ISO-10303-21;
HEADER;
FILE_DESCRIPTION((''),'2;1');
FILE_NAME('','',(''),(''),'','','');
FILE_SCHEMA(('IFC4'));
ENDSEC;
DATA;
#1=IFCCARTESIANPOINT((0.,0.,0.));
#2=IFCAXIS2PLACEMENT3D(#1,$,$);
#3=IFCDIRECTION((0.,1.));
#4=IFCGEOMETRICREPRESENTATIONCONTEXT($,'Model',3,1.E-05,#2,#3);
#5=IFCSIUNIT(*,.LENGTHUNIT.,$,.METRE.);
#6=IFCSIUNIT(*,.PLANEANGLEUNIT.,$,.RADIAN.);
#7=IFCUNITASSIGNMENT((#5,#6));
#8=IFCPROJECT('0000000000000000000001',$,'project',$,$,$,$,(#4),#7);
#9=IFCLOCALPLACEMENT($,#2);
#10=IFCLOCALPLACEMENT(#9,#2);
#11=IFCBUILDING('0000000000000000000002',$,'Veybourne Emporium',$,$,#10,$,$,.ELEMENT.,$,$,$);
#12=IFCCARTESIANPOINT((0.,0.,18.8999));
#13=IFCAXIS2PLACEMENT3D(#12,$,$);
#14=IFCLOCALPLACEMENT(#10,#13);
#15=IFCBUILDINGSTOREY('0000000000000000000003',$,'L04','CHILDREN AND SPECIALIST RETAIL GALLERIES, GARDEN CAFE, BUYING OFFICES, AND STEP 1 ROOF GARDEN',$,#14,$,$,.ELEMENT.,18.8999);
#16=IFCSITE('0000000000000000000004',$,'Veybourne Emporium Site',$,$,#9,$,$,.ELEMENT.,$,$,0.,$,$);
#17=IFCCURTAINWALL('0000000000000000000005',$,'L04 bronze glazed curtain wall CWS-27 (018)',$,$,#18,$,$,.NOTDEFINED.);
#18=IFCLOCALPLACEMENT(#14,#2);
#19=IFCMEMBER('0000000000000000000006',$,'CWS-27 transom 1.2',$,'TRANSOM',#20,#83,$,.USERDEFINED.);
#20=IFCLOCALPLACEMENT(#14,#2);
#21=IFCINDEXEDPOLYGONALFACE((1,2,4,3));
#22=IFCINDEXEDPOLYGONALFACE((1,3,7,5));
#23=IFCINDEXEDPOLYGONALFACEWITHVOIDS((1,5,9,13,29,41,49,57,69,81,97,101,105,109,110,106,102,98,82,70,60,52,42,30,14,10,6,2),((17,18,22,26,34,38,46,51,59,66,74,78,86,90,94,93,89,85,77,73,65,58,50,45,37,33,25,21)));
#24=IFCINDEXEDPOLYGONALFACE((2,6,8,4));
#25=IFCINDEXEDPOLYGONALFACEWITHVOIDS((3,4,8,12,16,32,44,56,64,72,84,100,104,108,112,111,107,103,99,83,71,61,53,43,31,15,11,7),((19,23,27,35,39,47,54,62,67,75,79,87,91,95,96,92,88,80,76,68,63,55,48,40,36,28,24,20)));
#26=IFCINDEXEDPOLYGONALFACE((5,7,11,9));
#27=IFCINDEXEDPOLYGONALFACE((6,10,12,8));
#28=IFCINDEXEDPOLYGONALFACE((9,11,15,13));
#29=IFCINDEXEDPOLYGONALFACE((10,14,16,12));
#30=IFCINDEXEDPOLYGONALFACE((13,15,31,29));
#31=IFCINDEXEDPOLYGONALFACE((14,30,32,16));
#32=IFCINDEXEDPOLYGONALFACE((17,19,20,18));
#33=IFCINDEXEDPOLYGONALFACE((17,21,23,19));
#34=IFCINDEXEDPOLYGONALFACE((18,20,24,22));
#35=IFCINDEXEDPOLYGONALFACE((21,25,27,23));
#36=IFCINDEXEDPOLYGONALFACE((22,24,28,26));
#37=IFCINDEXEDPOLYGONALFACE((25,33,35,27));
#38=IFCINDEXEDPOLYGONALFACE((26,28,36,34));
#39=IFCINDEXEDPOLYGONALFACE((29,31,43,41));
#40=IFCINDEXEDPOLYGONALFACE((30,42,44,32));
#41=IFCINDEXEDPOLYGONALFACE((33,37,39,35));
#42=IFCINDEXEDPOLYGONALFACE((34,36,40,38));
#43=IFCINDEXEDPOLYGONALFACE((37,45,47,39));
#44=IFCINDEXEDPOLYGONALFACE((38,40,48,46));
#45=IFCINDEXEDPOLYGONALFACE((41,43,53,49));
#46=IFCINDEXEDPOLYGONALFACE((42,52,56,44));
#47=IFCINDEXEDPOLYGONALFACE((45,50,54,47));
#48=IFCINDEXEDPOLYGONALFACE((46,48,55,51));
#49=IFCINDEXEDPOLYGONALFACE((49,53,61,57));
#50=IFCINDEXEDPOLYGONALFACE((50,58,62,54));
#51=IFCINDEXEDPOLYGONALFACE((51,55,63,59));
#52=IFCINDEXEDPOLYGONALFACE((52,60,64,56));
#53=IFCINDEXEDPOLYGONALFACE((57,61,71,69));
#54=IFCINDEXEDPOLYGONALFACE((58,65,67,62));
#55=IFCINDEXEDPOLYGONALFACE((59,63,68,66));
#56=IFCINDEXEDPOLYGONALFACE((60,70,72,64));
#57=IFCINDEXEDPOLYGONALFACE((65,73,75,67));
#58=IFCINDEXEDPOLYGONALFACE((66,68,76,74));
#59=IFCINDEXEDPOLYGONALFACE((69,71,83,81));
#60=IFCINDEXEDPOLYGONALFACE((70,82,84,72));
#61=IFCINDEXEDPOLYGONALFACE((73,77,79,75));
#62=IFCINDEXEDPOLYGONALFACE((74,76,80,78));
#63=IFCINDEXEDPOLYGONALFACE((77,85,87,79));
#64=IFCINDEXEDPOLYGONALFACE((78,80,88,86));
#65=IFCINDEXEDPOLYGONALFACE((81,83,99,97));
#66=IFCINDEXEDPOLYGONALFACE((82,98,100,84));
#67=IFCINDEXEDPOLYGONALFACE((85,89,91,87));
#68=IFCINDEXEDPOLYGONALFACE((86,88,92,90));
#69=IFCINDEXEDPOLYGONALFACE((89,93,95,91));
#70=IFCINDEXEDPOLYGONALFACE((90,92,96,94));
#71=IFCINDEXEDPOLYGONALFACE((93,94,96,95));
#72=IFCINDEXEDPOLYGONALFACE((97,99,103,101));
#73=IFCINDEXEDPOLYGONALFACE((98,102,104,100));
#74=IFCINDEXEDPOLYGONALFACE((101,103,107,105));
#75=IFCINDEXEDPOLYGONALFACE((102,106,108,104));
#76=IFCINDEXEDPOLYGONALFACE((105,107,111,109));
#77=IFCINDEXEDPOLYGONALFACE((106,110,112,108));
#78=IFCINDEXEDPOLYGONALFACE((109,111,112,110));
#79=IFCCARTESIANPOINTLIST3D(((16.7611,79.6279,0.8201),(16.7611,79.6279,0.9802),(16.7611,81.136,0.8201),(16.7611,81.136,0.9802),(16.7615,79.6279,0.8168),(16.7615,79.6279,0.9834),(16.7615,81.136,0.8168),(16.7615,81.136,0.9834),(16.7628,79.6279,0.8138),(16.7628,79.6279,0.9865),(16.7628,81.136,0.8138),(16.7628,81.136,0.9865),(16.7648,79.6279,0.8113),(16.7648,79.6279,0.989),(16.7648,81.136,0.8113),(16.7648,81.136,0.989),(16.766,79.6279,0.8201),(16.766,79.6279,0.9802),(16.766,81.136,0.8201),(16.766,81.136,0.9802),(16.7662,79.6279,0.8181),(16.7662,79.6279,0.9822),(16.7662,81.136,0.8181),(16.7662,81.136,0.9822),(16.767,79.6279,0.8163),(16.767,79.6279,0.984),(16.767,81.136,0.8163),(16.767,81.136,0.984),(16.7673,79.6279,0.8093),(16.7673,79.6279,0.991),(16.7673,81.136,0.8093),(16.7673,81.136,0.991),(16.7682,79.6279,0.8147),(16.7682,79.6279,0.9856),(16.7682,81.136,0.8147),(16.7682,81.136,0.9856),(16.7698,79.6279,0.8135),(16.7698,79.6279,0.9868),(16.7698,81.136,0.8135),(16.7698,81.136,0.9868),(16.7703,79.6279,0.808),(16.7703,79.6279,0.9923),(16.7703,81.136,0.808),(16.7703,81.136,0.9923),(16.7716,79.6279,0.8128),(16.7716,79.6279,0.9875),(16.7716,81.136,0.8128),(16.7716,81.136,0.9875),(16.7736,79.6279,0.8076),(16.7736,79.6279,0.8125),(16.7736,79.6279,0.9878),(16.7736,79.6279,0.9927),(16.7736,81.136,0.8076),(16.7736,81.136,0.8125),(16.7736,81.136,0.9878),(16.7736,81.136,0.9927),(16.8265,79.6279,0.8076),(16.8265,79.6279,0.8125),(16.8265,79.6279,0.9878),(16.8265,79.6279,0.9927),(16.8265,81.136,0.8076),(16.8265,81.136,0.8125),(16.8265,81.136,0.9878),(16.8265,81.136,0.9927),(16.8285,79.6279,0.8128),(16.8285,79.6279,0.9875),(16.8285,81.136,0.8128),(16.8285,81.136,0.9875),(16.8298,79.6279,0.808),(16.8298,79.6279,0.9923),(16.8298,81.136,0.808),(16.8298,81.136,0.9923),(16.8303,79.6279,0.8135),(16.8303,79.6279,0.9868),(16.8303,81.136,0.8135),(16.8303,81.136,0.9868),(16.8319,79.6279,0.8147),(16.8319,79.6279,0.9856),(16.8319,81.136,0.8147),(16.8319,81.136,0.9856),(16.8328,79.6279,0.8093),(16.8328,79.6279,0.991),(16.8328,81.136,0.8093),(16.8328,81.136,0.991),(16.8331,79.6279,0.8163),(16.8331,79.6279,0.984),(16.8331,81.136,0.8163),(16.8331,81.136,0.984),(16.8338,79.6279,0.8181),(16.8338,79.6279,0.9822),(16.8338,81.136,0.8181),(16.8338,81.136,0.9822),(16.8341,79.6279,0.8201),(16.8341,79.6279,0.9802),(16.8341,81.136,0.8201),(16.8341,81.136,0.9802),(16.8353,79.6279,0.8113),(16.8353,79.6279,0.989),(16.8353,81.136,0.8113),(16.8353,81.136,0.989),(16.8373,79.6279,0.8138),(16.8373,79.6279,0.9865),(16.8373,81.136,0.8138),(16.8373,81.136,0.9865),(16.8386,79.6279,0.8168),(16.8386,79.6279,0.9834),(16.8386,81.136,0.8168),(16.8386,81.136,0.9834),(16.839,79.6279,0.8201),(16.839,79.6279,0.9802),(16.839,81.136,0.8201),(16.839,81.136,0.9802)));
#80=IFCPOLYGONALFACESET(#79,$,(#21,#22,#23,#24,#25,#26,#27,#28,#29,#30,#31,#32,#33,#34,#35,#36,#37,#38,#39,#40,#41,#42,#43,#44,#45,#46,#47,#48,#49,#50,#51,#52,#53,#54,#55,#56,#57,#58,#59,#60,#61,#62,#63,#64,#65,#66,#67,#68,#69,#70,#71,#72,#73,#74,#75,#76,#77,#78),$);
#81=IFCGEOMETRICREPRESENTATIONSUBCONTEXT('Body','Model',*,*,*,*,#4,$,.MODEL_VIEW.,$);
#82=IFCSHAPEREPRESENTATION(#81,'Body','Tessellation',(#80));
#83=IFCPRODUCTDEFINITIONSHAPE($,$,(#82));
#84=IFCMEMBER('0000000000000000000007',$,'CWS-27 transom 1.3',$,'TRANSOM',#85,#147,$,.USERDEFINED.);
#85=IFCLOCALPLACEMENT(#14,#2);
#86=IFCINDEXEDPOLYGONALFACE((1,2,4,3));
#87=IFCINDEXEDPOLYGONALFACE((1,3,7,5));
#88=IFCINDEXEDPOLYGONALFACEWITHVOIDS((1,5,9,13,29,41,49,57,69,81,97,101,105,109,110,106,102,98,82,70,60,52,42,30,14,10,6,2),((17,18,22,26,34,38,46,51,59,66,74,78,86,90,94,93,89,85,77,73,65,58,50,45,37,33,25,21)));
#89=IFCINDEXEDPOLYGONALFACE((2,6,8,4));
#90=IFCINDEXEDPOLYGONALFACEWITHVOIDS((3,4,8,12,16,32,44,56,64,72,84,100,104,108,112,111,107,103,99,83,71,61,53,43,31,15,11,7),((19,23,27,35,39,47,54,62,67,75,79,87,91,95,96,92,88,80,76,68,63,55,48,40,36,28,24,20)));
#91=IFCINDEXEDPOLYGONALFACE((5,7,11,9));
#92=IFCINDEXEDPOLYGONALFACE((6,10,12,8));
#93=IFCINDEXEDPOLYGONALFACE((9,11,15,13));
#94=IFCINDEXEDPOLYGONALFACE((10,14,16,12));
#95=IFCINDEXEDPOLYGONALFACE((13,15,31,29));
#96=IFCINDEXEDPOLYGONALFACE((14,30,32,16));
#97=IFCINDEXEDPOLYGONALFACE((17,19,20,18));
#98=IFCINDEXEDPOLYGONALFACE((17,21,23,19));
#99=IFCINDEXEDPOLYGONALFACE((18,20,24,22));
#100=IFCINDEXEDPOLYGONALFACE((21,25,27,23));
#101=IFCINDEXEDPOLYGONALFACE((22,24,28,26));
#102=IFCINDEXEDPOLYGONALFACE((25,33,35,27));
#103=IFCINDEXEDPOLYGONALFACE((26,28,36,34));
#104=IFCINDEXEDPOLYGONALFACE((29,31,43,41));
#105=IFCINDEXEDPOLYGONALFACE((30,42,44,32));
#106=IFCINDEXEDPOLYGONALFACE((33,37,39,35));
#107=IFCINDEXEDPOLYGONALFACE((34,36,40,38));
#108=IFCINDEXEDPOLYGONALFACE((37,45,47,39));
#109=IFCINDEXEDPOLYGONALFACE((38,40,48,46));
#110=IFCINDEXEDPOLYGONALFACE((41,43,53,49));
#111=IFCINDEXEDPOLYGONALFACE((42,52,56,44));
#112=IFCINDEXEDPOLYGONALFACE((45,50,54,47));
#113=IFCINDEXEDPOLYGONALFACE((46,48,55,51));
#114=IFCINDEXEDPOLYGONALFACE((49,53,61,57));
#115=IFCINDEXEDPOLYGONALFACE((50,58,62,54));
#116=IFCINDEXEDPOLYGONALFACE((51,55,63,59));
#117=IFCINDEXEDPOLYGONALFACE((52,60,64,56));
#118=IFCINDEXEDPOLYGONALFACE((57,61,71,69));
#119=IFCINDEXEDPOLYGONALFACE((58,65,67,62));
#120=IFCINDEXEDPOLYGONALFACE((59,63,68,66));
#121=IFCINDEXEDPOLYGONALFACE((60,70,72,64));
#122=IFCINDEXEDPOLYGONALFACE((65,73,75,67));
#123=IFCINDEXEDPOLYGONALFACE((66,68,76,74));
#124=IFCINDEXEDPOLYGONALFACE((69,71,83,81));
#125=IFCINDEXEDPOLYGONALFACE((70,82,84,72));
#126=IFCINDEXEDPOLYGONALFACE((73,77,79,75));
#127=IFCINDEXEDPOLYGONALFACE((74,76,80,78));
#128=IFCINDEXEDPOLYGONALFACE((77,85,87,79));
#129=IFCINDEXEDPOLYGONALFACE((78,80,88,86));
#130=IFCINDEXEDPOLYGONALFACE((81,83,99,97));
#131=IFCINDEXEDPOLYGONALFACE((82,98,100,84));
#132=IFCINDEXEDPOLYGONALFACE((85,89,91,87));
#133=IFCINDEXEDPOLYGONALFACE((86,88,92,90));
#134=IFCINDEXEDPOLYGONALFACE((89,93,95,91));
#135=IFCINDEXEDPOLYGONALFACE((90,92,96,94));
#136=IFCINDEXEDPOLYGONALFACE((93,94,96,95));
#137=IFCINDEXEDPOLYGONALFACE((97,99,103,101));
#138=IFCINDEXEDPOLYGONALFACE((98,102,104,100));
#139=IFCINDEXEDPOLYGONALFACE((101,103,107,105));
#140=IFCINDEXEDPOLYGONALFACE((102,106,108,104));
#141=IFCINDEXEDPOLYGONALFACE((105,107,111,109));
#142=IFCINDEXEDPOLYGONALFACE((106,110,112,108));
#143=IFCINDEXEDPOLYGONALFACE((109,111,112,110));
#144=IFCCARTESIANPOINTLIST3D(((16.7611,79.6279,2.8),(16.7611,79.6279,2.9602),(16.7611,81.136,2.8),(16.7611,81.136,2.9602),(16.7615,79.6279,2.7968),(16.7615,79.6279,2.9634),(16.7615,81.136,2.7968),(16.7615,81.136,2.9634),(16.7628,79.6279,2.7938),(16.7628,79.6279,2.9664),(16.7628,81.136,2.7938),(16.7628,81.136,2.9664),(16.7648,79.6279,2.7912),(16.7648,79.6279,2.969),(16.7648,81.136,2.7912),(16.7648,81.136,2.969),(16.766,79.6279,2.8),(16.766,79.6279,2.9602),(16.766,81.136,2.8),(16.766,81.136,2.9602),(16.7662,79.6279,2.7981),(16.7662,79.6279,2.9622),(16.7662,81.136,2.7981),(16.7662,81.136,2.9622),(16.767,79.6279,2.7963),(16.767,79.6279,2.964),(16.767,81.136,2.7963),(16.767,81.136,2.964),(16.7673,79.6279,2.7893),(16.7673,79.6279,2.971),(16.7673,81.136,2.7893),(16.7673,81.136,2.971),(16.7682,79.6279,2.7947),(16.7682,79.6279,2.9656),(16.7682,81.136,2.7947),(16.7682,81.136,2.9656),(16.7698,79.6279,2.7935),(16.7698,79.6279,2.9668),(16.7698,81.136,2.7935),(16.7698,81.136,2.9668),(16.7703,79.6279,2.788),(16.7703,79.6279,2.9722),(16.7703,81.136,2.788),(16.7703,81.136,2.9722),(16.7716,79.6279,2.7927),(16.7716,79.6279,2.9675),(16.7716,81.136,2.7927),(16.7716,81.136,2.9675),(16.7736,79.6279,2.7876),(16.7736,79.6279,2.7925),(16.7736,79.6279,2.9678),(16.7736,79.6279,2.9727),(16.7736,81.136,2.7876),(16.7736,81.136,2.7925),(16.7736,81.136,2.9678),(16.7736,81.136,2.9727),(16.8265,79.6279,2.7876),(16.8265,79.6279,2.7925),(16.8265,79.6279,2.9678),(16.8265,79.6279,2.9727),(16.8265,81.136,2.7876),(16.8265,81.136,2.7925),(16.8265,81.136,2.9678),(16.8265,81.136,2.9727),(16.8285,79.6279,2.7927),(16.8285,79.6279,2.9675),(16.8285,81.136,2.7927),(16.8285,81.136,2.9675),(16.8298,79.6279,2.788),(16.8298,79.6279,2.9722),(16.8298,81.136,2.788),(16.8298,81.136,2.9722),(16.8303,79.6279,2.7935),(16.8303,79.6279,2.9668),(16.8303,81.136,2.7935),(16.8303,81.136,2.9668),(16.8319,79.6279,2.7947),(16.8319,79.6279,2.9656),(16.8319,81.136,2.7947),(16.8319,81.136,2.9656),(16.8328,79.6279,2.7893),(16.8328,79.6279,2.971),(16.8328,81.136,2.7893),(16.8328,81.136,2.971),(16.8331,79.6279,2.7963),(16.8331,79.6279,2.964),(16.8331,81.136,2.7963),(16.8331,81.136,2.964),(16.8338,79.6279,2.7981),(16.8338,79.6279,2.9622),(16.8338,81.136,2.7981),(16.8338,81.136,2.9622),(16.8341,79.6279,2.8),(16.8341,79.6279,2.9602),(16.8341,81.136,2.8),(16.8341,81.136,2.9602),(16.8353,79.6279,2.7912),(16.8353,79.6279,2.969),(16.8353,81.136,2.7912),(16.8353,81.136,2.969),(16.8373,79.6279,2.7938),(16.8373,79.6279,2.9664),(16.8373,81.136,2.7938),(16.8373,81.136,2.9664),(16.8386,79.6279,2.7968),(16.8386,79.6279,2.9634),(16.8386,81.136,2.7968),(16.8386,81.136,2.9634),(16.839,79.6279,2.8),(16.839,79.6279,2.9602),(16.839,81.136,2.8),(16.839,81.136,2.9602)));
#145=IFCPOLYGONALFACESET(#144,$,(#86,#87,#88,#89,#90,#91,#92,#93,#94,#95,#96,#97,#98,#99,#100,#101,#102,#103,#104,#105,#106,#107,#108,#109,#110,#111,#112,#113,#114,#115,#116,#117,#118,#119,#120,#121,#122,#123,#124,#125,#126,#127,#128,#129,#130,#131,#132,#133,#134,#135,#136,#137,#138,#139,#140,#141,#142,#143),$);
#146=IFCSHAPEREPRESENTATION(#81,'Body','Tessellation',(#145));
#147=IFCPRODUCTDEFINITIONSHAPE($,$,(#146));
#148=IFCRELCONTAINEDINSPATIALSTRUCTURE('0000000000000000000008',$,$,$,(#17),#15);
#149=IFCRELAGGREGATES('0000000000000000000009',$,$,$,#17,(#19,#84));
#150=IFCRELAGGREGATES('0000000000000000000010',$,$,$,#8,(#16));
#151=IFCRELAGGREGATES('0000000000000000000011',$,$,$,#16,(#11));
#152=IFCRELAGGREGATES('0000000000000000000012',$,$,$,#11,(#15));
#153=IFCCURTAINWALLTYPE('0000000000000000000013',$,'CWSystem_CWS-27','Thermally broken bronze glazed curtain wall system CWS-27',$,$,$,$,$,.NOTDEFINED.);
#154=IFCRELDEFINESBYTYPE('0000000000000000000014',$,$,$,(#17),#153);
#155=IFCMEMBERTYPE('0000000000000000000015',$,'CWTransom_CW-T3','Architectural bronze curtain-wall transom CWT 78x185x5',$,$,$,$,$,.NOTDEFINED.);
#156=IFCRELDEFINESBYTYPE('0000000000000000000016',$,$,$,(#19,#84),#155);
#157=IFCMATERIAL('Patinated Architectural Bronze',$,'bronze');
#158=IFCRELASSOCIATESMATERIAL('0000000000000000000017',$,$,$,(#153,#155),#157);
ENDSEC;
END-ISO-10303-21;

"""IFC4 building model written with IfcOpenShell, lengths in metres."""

from ifc_helpers import new_model, si_unit, direction, frame, origin, origin_2d, place, context, subcontext, project, spatial, hollow_rectangle, extrude, material, material_profile, profile_set, type_object, element, aggregate, save


model = new_model("IFC4")

# Units and contexts
model_context = context("Model", 3, precision=1e-05, world=origin(), true_north=direction((0.0, 1.0)))
body_context = subcontext(model_context, "Body", "Model", "MODEL_VIEW")
ifc_project = project(units=[si_unit("LENGTHUNIT", "METRE"), si_unit("PLANEANGLEUNIT", "RADIAN")], contexts=[model_context])

# Site, building, storey
site_placement = place(None, origin())
site = spatial("IfcSite", under=ifc_project, at=site_placement, Name="Veybourne Emporium Site", CompositionType="ELEMENT", RefElevation=0.0)
building_placement = place(site_placement, origin())
building = spatial("IfcBuilding", under=site, at=building_placement, Name="Veybourne Emporium", CompositionType="ELEMENT")
storey_placement = place(building_placement, frame((0.0, 0.0, 18.8999)))
storey = spatial("IfcBuildingStorey", under=building, at=storey_placement, Name="L04", Description="CHILDREN AND SPECIALIST RETAIL GALLERIES, GARDEN CAFE, BUYING OFFICES, AND STEP 1 ROOF GARDEN", CompositionType="ELEMENT", Elevation=18.8999)

# Curtain wall, members
ifc_material_1 = material(Name="Patinated Architectural Bronze", Category="bronze")
curtain_wall_type = type_object("IfcCurtainWallType", Name="CWSystem_CWS-27", Description="Thermally broken bronze glazed curtain wall system CWS-27", PredefinedType="NOTDEFINED", material=ifc_material_1)
curtain_wall_placement = place(storey_placement, origin())
curtain_wall = element("IfcCurtainWall", 1, at=curtain_wall_placement, inside=storey, type_object=curtain_wall_type, Name="L04 bronze glazed curtain wall CWS-27 (018)", PredefinedType="NOTDEFINED")
ifc_material_profile_1 = material_profile(ifc_material_1, hollow_rectangle(XDim=0.0779, YDim=0.1851, WallThickness=0.0049, InnerFilletRadius=0.0076, OuterFilletRadius=0.0125, at=origin_2d()), Name="CWT 78x185x5")
ifc_profile_set_1 = profile_set([ifc_material_profile_1], Name="Patinated Architectural Bronze")
member_type_1 = type_object("IfcMemberType", Name="CWTransom_CW-T3", Description="Architectural bronze curtain-wall transom CWT 78x185x5", PredefinedType="NOTDEFINED", material=ifc_profile_set_1)
member_1_placement = place(storey_placement, frame((16.8, 79.6279, 0.9001), z_axis=(0.0, 1.0, 0.0), x_axis=(-1.0, 0.0, 0.0)))
member_1 = element("IfcMember", 2, at=member_1_placement, type_object=member_type_1, Name="CWS-27 transom 1.2", ObjectType="TRANSOM", PredefinedType="USERDEFINED", context=body_context, shape_type="SweptSolid", body=[
    extrude(hollow_rectangle(XDim=0.0779, YDim=0.1851, WallThickness=0.0049, InnerFilletRadius=0.0076, OuterFilletRadius=0.0125, at=origin_2d()), origin(), (0.0, 0.0, 1.0), 1.5081),
])
member_2_placement = place(storey_placement, frame((16.8, 79.6279, 2.8801), z_axis=(0.0, 1.0, 0.0), x_axis=(-1.0, 0.0, 0.0)))
member_2 = element("IfcMember", 3, at=member_2_placement, type_object=member_type_1, Name="CWS-27 transom 1.3", ObjectType="TRANSOM", PredefinedType="USERDEFINED", context=body_context, shape_type="SweptSolid", body=[
    extrude(hollow_rectangle(XDim=0.0779, YDim=0.1851, WallThickness=0.0049, InnerFilletRadius=0.0076, OuterFilletRadius=0.0125, at=origin_2d()), origin(), (0.0, 0.0, 1.0), 1.5081),
])

aggregate(curtain_wall, [member_1, member_2])

save(model, "model.ifc")
